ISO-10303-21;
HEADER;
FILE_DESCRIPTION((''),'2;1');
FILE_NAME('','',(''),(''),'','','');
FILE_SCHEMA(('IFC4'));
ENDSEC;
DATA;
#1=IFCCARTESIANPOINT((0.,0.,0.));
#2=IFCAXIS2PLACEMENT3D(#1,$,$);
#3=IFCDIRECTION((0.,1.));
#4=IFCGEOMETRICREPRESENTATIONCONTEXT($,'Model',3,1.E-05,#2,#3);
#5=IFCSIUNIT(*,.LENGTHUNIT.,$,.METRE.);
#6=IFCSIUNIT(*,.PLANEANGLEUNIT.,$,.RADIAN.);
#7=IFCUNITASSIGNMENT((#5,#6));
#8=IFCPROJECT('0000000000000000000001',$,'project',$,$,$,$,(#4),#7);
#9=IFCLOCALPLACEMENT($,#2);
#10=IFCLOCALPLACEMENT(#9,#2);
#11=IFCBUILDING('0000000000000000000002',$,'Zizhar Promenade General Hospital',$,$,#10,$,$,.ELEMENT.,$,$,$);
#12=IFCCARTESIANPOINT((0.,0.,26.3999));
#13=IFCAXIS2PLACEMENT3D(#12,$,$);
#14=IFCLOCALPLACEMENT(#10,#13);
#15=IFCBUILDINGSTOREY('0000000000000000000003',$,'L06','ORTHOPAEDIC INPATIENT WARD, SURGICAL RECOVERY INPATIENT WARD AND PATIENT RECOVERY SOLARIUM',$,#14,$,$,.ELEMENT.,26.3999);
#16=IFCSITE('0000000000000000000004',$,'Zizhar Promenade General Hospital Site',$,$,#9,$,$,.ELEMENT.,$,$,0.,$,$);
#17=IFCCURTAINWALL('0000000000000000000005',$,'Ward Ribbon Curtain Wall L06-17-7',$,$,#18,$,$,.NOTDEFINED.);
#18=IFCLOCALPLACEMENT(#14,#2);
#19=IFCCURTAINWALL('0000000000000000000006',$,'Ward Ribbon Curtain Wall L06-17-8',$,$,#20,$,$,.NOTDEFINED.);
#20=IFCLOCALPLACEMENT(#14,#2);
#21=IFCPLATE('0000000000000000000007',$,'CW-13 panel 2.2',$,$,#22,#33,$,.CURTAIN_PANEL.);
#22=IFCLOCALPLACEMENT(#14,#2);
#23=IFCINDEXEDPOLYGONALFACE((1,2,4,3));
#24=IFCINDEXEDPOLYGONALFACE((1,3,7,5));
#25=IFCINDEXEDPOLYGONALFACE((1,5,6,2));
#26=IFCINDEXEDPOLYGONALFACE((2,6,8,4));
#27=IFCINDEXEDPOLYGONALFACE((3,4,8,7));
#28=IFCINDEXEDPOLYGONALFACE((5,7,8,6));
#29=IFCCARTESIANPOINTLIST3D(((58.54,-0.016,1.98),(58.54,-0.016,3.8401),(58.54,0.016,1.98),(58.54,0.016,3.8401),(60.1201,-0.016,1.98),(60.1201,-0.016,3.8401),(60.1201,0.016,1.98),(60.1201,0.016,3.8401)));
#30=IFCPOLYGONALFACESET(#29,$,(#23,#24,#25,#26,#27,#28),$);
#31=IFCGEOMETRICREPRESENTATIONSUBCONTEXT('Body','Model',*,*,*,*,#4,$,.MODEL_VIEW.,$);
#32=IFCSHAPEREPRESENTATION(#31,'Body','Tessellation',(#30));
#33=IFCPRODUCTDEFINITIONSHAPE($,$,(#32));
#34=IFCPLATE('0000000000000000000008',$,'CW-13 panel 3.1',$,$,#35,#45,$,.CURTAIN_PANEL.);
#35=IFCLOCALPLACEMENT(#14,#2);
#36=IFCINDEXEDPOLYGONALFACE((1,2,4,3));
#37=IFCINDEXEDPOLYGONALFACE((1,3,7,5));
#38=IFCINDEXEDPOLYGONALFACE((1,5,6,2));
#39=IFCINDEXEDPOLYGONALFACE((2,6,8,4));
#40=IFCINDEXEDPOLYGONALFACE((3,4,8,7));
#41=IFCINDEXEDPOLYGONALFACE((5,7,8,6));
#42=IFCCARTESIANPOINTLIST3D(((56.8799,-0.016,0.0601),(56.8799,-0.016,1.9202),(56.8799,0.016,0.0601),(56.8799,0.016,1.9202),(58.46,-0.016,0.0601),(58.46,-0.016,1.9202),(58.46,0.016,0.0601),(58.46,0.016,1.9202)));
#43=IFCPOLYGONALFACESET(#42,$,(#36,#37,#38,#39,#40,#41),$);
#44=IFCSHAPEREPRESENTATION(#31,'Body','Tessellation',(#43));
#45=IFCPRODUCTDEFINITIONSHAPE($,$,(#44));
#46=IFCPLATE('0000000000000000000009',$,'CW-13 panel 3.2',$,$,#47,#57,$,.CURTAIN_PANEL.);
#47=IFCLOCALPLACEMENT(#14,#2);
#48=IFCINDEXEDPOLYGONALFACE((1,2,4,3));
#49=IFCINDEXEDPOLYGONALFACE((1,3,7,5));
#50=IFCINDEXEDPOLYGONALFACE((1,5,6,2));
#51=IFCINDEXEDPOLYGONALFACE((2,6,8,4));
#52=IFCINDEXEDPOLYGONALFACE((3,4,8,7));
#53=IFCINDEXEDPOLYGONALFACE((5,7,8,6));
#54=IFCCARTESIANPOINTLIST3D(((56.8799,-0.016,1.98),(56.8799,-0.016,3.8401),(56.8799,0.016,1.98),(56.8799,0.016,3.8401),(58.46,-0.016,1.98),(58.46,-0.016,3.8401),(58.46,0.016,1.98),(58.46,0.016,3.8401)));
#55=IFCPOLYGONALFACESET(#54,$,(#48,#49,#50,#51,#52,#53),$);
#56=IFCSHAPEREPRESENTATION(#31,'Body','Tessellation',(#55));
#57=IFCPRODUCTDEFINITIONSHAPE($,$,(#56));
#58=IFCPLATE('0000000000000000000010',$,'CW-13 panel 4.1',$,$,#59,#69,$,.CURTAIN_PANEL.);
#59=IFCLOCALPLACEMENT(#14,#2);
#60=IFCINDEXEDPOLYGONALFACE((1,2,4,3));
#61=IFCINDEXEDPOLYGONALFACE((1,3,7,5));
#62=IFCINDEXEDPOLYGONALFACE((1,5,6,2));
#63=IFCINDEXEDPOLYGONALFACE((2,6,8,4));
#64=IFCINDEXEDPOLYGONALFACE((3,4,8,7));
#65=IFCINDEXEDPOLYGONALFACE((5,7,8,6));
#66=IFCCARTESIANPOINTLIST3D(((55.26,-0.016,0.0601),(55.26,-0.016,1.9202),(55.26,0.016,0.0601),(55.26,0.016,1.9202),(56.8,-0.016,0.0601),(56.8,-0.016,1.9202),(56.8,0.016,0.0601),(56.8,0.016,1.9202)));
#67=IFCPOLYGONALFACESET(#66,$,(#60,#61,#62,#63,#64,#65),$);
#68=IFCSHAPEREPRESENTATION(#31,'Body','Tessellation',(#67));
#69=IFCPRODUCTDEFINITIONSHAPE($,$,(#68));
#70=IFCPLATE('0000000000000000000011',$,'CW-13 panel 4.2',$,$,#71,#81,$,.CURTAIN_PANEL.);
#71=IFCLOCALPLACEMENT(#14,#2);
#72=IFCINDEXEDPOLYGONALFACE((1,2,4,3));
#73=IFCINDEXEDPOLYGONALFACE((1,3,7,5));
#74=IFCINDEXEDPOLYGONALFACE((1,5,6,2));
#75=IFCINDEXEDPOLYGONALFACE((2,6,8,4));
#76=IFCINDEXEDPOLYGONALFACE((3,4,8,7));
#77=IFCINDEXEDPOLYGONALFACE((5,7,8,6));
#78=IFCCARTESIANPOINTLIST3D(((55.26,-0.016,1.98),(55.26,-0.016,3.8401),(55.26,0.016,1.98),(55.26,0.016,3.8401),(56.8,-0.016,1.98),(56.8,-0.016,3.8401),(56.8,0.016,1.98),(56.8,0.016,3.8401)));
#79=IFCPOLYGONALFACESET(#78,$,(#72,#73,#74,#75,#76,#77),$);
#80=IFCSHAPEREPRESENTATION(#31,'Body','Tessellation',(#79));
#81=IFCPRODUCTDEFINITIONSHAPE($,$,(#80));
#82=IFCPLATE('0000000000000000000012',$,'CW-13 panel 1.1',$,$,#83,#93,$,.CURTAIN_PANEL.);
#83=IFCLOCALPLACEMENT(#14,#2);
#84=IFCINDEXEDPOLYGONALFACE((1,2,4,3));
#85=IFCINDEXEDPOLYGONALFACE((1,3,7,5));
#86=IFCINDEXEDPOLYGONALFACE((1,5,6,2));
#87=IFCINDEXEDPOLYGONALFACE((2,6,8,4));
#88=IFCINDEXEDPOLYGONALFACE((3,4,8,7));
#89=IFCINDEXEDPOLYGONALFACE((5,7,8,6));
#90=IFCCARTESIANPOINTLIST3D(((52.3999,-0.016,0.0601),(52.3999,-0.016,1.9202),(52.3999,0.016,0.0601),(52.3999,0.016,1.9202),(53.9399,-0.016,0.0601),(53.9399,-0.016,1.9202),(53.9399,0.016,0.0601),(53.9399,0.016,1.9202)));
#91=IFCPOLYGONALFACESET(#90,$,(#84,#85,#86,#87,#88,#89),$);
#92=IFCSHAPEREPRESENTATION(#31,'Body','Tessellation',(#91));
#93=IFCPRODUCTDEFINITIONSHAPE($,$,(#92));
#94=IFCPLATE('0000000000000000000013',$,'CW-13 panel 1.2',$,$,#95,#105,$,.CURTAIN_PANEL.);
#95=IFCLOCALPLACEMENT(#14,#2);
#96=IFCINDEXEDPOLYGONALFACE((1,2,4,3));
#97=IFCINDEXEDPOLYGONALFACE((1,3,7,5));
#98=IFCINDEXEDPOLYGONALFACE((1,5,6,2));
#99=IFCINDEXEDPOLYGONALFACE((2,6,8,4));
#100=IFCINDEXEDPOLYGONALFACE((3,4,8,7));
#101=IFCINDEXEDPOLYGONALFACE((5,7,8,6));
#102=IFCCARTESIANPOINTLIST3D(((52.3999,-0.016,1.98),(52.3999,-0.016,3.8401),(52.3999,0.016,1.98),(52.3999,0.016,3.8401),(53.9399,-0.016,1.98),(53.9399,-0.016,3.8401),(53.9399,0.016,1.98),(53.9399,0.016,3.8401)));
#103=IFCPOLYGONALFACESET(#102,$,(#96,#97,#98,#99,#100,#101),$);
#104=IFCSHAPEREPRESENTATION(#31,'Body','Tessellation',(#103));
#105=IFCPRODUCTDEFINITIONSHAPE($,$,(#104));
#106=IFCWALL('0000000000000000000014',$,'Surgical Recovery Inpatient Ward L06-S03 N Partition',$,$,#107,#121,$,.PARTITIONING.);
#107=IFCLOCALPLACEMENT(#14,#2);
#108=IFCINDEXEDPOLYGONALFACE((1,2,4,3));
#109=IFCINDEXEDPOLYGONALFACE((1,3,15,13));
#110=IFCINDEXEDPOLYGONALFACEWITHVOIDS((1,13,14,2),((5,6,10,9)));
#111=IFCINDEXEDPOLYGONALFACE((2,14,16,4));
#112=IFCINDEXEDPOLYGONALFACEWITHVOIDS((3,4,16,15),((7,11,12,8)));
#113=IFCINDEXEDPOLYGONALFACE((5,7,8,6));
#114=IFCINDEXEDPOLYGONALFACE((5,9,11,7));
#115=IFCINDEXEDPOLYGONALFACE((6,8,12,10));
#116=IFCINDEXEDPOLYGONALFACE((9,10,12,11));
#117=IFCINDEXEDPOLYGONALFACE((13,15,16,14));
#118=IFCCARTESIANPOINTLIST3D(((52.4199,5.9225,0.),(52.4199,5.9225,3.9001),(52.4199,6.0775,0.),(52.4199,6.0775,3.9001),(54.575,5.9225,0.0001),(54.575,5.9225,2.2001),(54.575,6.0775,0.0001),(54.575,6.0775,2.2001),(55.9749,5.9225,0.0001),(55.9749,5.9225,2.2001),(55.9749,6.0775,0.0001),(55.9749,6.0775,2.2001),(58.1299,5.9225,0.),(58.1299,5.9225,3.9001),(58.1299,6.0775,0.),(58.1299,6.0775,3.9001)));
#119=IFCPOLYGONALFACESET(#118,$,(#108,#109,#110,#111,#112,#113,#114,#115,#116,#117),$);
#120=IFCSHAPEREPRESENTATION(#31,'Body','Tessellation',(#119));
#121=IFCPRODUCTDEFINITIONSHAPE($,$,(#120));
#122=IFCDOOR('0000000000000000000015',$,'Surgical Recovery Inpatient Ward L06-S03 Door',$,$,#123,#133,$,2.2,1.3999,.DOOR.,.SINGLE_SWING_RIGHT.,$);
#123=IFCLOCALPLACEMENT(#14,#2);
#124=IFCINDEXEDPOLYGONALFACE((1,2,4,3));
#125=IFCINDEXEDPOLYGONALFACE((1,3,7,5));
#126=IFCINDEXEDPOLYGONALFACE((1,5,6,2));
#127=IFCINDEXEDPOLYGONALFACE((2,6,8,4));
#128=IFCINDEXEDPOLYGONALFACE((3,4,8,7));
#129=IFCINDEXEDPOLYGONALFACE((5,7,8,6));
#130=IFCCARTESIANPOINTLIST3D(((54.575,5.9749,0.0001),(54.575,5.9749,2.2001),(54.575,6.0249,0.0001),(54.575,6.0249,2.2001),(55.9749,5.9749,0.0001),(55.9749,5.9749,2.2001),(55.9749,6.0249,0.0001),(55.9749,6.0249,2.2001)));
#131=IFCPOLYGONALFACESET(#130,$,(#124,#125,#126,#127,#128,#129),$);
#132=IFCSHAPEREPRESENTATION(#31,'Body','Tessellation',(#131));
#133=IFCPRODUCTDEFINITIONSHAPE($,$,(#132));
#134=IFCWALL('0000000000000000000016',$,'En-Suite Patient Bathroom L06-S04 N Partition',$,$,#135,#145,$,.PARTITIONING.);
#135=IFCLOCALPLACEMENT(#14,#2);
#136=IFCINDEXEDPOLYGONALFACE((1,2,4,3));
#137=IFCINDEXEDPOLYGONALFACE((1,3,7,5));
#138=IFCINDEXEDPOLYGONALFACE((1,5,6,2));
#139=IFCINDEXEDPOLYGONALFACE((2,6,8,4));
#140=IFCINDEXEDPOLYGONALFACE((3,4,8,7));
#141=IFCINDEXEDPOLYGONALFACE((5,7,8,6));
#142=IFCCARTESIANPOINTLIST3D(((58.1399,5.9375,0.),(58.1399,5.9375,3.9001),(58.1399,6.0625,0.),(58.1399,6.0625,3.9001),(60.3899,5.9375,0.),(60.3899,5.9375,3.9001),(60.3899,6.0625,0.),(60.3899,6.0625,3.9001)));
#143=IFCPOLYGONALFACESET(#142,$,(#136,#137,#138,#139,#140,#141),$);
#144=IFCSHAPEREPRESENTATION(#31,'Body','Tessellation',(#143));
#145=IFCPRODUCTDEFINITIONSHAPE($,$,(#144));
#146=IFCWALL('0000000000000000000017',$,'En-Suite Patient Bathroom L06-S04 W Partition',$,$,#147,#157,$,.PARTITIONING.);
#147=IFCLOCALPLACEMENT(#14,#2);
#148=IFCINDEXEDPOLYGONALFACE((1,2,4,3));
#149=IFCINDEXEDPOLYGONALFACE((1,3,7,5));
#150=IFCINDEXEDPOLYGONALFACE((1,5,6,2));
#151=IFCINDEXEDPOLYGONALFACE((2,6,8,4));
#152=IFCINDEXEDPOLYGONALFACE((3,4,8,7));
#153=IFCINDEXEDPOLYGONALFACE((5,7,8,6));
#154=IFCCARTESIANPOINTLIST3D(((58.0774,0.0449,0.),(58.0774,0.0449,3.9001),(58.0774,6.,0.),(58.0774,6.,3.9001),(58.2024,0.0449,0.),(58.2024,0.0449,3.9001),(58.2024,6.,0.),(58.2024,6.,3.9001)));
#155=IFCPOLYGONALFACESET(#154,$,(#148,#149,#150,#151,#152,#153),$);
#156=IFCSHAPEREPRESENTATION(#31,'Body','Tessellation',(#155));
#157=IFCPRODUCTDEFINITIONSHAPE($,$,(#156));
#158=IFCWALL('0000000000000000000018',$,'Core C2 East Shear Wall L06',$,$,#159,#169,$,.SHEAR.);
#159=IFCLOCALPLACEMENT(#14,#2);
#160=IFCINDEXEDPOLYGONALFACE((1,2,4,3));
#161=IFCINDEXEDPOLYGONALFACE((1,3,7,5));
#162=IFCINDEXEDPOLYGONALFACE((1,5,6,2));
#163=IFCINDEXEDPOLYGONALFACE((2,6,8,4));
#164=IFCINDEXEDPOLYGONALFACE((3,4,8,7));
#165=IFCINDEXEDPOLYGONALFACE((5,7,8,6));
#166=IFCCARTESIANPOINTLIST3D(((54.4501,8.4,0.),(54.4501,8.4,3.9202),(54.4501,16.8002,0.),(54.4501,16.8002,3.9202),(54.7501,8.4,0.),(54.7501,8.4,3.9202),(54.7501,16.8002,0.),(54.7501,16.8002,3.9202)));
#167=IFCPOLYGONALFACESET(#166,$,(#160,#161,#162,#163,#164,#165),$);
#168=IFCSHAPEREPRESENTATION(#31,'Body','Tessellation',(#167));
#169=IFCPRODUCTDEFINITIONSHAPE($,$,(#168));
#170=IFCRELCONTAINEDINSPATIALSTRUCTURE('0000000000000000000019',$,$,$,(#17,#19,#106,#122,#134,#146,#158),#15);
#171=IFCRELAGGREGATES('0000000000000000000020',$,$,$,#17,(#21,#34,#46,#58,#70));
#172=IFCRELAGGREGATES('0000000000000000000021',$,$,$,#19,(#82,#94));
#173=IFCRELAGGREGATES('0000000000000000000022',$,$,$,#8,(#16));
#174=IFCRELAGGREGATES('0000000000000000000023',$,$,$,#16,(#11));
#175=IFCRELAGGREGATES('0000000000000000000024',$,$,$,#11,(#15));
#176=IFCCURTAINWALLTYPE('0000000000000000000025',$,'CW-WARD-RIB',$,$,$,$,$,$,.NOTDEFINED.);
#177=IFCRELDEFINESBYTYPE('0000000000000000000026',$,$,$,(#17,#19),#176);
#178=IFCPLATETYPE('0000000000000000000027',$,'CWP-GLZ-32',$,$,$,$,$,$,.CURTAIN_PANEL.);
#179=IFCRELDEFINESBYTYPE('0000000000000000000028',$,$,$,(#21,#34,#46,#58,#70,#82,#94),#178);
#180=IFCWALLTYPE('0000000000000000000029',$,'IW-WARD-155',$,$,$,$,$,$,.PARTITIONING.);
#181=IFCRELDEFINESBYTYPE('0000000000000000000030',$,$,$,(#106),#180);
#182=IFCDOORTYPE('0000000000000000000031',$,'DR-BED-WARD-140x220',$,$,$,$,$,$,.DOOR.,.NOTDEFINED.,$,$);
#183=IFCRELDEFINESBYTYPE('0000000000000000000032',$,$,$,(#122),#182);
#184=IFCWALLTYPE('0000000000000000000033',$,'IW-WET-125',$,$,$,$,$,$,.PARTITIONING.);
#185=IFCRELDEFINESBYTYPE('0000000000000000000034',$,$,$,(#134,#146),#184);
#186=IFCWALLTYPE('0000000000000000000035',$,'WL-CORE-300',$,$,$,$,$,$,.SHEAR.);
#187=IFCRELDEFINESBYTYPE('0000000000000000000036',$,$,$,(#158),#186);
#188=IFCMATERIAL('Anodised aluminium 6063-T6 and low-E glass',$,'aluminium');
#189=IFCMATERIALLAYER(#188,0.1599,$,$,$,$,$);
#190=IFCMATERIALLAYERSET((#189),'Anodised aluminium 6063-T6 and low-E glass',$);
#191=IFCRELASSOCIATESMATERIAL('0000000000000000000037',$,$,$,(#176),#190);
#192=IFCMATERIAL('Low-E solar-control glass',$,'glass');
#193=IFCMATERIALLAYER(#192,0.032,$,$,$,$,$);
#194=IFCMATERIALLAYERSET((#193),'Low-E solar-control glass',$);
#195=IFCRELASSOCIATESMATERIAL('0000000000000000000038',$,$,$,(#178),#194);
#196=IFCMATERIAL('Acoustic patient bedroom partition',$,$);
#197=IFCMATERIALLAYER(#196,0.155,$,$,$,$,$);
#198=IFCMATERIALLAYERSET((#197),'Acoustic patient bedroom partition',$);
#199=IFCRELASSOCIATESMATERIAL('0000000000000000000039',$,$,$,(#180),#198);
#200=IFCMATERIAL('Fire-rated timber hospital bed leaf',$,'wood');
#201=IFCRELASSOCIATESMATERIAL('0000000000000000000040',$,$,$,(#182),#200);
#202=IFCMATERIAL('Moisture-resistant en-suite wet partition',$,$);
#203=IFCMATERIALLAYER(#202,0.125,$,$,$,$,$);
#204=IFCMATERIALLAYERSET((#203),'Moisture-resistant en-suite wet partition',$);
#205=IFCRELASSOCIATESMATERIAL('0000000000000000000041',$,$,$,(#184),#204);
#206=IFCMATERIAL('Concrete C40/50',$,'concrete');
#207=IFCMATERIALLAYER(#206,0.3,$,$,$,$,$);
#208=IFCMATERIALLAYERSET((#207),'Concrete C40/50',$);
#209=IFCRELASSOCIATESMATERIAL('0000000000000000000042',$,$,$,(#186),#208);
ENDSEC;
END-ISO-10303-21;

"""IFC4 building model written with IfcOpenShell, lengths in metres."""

from ifc_helpers import new_model, si_unit, direction, frame, frame_2d, origin, origin_2d, place, context, subcontext, project, spatial, rectangle, extrude, material, layer, layer_set, type_object, element, fill, aggregate, save


model = new_model("IFC4")

# Units and contexts
model_context = context("Model", 3, precision=1e-05, world=origin(), true_north=direction((0.0, 1.0)))
body_context = subcontext(model_context, "Body", "Model", "MODEL_VIEW")
ifc_project = project(units=[si_unit("LENGTHUNIT", "METRE"), si_unit("PLANEANGLEUNIT", "RADIAN")], contexts=[model_context])

# Site, building, storey
site_placement = place(None, origin())
site = spatial("IfcSite", under=ifc_project, at=site_placement, Name="Zizhar Promenade General Hospital Site", CompositionType="ELEMENT", RefElevation=0.0)
building_placement = place(site_placement, origin())
building = spatial("IfcBuilding", under=site, at=building_placement, Name="Zizhar Promenade General Hospital", CompositionType="ELEMENT")
storey_placement = place(building_placement, frame((0.0, 0.0, 26.3999)))
storey = spatial("IfcBuildingStorey", under=building, at=storey_placement, Name="L06", Description="ORTHOPAEDIC INPATIENT WARD, SURGICAL RECOVERY INPATIENT WARD AND PATIENT RECOVERY SOLARIUM", CompositionType="ELEMENT", Elevation=26.3999)

# Curtain wall
ifc_material_1 = material(Name="Anodised aluminium 6063-T6 and low-E glass", Category="aluminium")
ifc_layer_1 = layer(ifc_material_1, 0.1599)
ifc_layer_set_1 = layer_set([ifc_layer_1], Name="Anodised aluminium 6063-T6 and low-E glass")
curtain_wall_type = type_object("IfcCurtainWallType", Name="CW-WARD-RIB", PredefinedType="NOTDEFINED", material=ifc_layer_set_1)
curtain_wall_1_placement = place(storey_placement, origin())
curtain_wall_1 = element("IfcCurtainWall", 1, at=curtain_wall_1_placement, inside=storey, type_object=curtain_wall_type, Name="Ward Ribbon Curtain Wall L06-17-7", PredefinedType="NOTDEFINED")

# Curtain wall
curtain_wall_2_placement = place(storey_placement, origin())
curtain_wall_2 = element("IfcCurtainWall", 2, at=curtain_wall_2_placement, inside=storey, type_object=curtain_wall_type, Name="Ward Ribbon Curtain Wall L06-17-8", PredefinedType="NOTDEFINED")

# Plates
ifc_material_2 = material(Name="Low-E solar-control glass", Category="glass")
ifc_layer_2 = layer(ifc_material_2, 0.032)
ifc_layer_set_2 = layer_set([ifc_layer_2], Name="Low-E solar-control glass")
plate_type = type_object("IfcPlateType", Name="CWP-GLZ-32", PredefinedType="CURTAIN_PANEL", material=ifc_layer_set_2)
plate_1_placement = place(storey_placement, frame((59.3301, 0.0, 1.98), z_axis=(0.0, 0.0, 1.0), x_axis=(-1.0, 0.0, 0.0)))
plate_1 = element("IfcPlate", 3, at=plate_1_placement, type_object=plate_type, Name="CW-13 panel 2.2", PredefinedType="CURTAIN_PANEL", context=body_context, shape_type="SweptSolid", body=[
    extrude(rectangle(XDim=1.5801, YDim=0.032, at=origin_2d()), origin(), (0.0, 0.0, 1.0), 1.8601),
])
plate_2_placement = place(storey_placement, frame((57.6699, 0.0, 0.0601), z_axis=(0.0, 0.0, 1.0), x_axis=(-1.0, 0.0, 0.0)))
plate_2 = element("IfcPlate", 4, at=plate_2_placement, type_object=plate_type, Name="CW-13 panel 3.1", PredefinedType="CURTAIN_PANEL", context=body_context, shape_type="SweptSolid", body=[
    extrude(rectangle(XDim=1.5801, YDim=0.032, at=origin_2d()), origin(), (0.0, 0.0, 1.0), 1.8601),
])
plate_3_placement = place(storey_placement, frame((57.6699, 0.0, 1.98), z_axis=(0.0, 0.0, 1.0), x_axis=(-1.0, 0.0, 0.0)))
plate_3 = element("IfcPlate", 5, at=plate_3_placement, type_object=plate_type, Name="CW-13 panel 3.2", PredefinedType="CURTAIN_PANEL", context=body_context, shape_type="SweptSolid", body=[
    extrude(rectangle(XDim=1.5801, YDim=0.032, at=origin_2d()), origin(), (0.0, 0.0, 1.0), 1.8601),
])
plate_4_placement = place(storey_placement, frame((56.03, 0.0, 0.0601), z_axis=(0.0, 0.0, 1.0), x_axis=(-1.0, 0.0, 0.0)))
plate_4 = element("IfcPlate", 6, at=plate_4_placement, type_object=plate_type, Name="CW-13 panel 4.1", PredefinedType="CURTAIN_PANEL", context=body_context, shape_type="SweptSolid", body=[
    extrude(rectangle(XDim=1.54, YDim=0.032, at=origin_2d()), origin(), (0.0, 0.0, 1.0), 1.8601),
])
plate_5_placement = place(storey_placement, frame((56.03, 0.0, 1.98), z_axis=(0.0, 0.0, 1.0), x_axis=(-1.0, 0.0, 0.0)))
plate_5 = element("IfcPlate", 7, at=plate_5_placement, type_object=plate_type, Name="CW-13 panel 4.2", PredefinedType="CURTAIN_PANEL", context=body_context, shape_type="SweptSolid", body=[
    extrude(rectangle(XDim=1.54, YDim=0.032, at=origin_2d()), origin(), (0.0, 0.0, 1.0), 1.8601),
])
aggregate(curtain_wall_1, [plate_1, plate_2, plate_3, plate_4, plate_5])
plate_6_placement = place(storey_placement, frame((53.1699, 0.0, 0.0601), z_axis=(0.0, 0.0, 1.0), x_axis=(-1.0, 0.0, 0.0)))
plate_6 = element("IfcPlate", 8, at=plate_6_placement, type_object=plate_type, Name="CW-13 panel 1.1", PredefinedType="CURTAIN_PANEL", context=body_context, shape_type="SweptSolid", body=[
    extrude(rectangle(XDim=1.54, YDim=0.032, at=origin_2d()), origin(), (0.0, 0.0, 1.0), 1.8601),
])
plate_7_placement = place(storey_placement, frame((53.1699, 0.0, 1.98), z_axis=(0.0, 0.0, 1.0), x_axis=(-1.0, 0.0, 0.0)))
plate_7 = element("IfcPlate", 9, at=plate_7_placement, type_object=plate_type, Name="CW-13 panel 1.2", PredefinedType="CURTAIN_PANEL", context=body_context, shape_type="SweptSolid", body=[
    extrude(rectangle(XDim=1.54, YDim=0.032, at=origin_2d()), origin(), (0.0, 0.0, 1.0), 1.8601),
])
aggregate(curtain_wall_2, [plate_6, plate_7])

# Wall, opening, door
ifc_material_3 = material(Name="Acoustic patient bedroom partition")
ifc_layer_3 = layer(ifc_material_3, 0.155)
ifc_layer_set_3 = layer_set([ifc_layer_3], Name="Acoustic patient bedroom partition")
wall_type_1 = type_object("IfcWallType", Name="IW-WARD-155", PredefinedType="PARTITIONING", material=ifc_layer_set_3)
wall_1_placement = place(storey_placement, frame((52.4199, 6.0, 0.0), z_axis=(0.0, 0.0, 1.0), x_axis=(1.0, 0.0, 0.0)))
wall_1 = element("IfcWall", 10, at=wall_1_placement, inside=storey, type_object=wall_type_1, Name="Surgical Recovery Inpatient Ward L06-S03 N Partition", PredefinedType="PARTITIONING", context=body_context, shape_type="SweptSolid", body=[
    extrude(rectangle(XDim=5.71, YDim=0.155, at=frame_2d((2.855, 0.0))), origin(), (0.0, 0.0, 1.0), 3.9001),
])
opening_placement = place(wall_1_placement, frame((2.155, 0.0, 0.0)))
opening = element("IfcOpeningElement", 11, at=opening_placement, cuts=wall_1, PredefinedType="OPENING", context=body_context, shape_type="SweptSolid", body=[
    extrude(rectangle(XDim=1.3999, YDim=2.2, at=frame_2d((0.7, 1.1001))), frame((0.0, 0.0874, 0.0), z_axis=(0.0, -1.0, 0.0), x_axis=(1.0, 0.0, 0.0)), (0.0, 0.0, 1.0), 0.175),
])
ifc_material_4 = material(Name="Fire-rated timber hospital bed leaf", Category="wood")
door_type = type_object("IfcDoorType", Name="DR-BED-WARD-140x220", OperationType="NOTDEFINED", PredefinedType="DOOR", material=ifc_material_4)
door_placement = place(opening_placement, origin())
door = element("IfcDoor", 12, at=door_placement, inside=storey, type_object=door_type, Name="Surgical Recovery Inpatient Ward L06-S03 Door", OperationType="SINGLE_SWING_RIGHT", OverallHeight=2.2, OverallWidth=1.3999, PredefinedType="DOOR", context=body_context, shape_type="SweptSolid", body=[
    extrude(rectangle(XDim=1.3999, YDim=2.2, at=frame_2d((0.7, 1.1001))), frame((0.0, 0.0249, 0.0), z_axis=(0.0, -1.0, 0.0), x_axis=(1.0, 0.0, 0.0)), (0.0, 0.0, 1.0), 0.05),
])
fill(opening, door)

# Walls
ifc_material_5 = material(Name="Moisture-resistant en-suite wet partition")
ifc_layer_4 = layer(ifc_material_5, 0.125)
ifc_layer_set_4 = layer_set([ifc_layer_4], Name="Moisture-resistant en-suite wet partition")
wall_type_2 = type_object("IfcWallType", Name="IW-WET-125", PredefinedType="PARTITIONING", material=ifc_layer_set_4)
wall_2_placement = place(storey_placement, frame((58.1399, 6.0, 0.0), z_axis=(0.0, 0.0, 1.0), x_axis=(1.0, 0.0, 0.0)))
element("IfcWall", 13, at=wall_2_placement, inside=storey, type_object=wall_type_2, Name="En-Suite Patient Bathroom L06-S04 N Partition", PredefinedType="PARTITIONING", context=body_context, shape_type="SweptSolid", body=[
    extrude(rectangle(XDim=2.25, YDim=0.125, at=frame_2d((1.125, 0.0))), origin(), (0.0, 0.0, 1.0), 3.9001),
])
wall_3_placement = place(storey_placement, frame((58.1399, 0.0449, 0.0), z_axis=(0.0, 0.0, 1.0), x_axis=(0.0, 1.0, 0.0)))
element("IfcWall", 14, at=wall_3_placement, inside=storey, type_object=wall_type_2, Name="En-Suite Patient Bathroom L06-S04 W Partition", PredefinedType="PARTITIONING", context=body_context, shape_type="SweptSolid", body=[
    extrude(rectangle(XDim=5.9551, YDim=0.125, at=frame_2d((2.9775, 0.0))), origin(), (0.0, 0.0, 1.0), 3.9001),
])
ifc_material_6 = material(Name="Concrete C40/50", Category="concrete")
ifc_layer_5 = layer(ifc_material_6, 0.3)
ifc_layer_set_5 = layer_set([ifc_layer_5], Name="Concrete C40/50")
wall_type_3 = type_object("IfcWallType", Name="WL-CORE-300", PredefinedType="SHEAR", material=ifc_layer_set_5)
wall_4_placement = place(storey_placement, frame((54.6001, 8.3999, 0.0), z_axis=(0.0, 0.0, 1.0), x_axis=(0.0, 1.0, 0.0)))
element("IfcWall", 15, at=wall_4_placement, inside=storey, type_object=wall_type_3, Name="Core C2 East Shear Wall L06", PredefinedType="SHEAR", context=body_context, shape_type="SweptSolid", body=[
    extrude(rectangle(XDim=8.4001, YDim=0.3, at=frame_2d((4.2002, 0.0))), origin(), (0.0, 0.0, 1.0), 3.9202),
])

save(model, "model.ifc")
